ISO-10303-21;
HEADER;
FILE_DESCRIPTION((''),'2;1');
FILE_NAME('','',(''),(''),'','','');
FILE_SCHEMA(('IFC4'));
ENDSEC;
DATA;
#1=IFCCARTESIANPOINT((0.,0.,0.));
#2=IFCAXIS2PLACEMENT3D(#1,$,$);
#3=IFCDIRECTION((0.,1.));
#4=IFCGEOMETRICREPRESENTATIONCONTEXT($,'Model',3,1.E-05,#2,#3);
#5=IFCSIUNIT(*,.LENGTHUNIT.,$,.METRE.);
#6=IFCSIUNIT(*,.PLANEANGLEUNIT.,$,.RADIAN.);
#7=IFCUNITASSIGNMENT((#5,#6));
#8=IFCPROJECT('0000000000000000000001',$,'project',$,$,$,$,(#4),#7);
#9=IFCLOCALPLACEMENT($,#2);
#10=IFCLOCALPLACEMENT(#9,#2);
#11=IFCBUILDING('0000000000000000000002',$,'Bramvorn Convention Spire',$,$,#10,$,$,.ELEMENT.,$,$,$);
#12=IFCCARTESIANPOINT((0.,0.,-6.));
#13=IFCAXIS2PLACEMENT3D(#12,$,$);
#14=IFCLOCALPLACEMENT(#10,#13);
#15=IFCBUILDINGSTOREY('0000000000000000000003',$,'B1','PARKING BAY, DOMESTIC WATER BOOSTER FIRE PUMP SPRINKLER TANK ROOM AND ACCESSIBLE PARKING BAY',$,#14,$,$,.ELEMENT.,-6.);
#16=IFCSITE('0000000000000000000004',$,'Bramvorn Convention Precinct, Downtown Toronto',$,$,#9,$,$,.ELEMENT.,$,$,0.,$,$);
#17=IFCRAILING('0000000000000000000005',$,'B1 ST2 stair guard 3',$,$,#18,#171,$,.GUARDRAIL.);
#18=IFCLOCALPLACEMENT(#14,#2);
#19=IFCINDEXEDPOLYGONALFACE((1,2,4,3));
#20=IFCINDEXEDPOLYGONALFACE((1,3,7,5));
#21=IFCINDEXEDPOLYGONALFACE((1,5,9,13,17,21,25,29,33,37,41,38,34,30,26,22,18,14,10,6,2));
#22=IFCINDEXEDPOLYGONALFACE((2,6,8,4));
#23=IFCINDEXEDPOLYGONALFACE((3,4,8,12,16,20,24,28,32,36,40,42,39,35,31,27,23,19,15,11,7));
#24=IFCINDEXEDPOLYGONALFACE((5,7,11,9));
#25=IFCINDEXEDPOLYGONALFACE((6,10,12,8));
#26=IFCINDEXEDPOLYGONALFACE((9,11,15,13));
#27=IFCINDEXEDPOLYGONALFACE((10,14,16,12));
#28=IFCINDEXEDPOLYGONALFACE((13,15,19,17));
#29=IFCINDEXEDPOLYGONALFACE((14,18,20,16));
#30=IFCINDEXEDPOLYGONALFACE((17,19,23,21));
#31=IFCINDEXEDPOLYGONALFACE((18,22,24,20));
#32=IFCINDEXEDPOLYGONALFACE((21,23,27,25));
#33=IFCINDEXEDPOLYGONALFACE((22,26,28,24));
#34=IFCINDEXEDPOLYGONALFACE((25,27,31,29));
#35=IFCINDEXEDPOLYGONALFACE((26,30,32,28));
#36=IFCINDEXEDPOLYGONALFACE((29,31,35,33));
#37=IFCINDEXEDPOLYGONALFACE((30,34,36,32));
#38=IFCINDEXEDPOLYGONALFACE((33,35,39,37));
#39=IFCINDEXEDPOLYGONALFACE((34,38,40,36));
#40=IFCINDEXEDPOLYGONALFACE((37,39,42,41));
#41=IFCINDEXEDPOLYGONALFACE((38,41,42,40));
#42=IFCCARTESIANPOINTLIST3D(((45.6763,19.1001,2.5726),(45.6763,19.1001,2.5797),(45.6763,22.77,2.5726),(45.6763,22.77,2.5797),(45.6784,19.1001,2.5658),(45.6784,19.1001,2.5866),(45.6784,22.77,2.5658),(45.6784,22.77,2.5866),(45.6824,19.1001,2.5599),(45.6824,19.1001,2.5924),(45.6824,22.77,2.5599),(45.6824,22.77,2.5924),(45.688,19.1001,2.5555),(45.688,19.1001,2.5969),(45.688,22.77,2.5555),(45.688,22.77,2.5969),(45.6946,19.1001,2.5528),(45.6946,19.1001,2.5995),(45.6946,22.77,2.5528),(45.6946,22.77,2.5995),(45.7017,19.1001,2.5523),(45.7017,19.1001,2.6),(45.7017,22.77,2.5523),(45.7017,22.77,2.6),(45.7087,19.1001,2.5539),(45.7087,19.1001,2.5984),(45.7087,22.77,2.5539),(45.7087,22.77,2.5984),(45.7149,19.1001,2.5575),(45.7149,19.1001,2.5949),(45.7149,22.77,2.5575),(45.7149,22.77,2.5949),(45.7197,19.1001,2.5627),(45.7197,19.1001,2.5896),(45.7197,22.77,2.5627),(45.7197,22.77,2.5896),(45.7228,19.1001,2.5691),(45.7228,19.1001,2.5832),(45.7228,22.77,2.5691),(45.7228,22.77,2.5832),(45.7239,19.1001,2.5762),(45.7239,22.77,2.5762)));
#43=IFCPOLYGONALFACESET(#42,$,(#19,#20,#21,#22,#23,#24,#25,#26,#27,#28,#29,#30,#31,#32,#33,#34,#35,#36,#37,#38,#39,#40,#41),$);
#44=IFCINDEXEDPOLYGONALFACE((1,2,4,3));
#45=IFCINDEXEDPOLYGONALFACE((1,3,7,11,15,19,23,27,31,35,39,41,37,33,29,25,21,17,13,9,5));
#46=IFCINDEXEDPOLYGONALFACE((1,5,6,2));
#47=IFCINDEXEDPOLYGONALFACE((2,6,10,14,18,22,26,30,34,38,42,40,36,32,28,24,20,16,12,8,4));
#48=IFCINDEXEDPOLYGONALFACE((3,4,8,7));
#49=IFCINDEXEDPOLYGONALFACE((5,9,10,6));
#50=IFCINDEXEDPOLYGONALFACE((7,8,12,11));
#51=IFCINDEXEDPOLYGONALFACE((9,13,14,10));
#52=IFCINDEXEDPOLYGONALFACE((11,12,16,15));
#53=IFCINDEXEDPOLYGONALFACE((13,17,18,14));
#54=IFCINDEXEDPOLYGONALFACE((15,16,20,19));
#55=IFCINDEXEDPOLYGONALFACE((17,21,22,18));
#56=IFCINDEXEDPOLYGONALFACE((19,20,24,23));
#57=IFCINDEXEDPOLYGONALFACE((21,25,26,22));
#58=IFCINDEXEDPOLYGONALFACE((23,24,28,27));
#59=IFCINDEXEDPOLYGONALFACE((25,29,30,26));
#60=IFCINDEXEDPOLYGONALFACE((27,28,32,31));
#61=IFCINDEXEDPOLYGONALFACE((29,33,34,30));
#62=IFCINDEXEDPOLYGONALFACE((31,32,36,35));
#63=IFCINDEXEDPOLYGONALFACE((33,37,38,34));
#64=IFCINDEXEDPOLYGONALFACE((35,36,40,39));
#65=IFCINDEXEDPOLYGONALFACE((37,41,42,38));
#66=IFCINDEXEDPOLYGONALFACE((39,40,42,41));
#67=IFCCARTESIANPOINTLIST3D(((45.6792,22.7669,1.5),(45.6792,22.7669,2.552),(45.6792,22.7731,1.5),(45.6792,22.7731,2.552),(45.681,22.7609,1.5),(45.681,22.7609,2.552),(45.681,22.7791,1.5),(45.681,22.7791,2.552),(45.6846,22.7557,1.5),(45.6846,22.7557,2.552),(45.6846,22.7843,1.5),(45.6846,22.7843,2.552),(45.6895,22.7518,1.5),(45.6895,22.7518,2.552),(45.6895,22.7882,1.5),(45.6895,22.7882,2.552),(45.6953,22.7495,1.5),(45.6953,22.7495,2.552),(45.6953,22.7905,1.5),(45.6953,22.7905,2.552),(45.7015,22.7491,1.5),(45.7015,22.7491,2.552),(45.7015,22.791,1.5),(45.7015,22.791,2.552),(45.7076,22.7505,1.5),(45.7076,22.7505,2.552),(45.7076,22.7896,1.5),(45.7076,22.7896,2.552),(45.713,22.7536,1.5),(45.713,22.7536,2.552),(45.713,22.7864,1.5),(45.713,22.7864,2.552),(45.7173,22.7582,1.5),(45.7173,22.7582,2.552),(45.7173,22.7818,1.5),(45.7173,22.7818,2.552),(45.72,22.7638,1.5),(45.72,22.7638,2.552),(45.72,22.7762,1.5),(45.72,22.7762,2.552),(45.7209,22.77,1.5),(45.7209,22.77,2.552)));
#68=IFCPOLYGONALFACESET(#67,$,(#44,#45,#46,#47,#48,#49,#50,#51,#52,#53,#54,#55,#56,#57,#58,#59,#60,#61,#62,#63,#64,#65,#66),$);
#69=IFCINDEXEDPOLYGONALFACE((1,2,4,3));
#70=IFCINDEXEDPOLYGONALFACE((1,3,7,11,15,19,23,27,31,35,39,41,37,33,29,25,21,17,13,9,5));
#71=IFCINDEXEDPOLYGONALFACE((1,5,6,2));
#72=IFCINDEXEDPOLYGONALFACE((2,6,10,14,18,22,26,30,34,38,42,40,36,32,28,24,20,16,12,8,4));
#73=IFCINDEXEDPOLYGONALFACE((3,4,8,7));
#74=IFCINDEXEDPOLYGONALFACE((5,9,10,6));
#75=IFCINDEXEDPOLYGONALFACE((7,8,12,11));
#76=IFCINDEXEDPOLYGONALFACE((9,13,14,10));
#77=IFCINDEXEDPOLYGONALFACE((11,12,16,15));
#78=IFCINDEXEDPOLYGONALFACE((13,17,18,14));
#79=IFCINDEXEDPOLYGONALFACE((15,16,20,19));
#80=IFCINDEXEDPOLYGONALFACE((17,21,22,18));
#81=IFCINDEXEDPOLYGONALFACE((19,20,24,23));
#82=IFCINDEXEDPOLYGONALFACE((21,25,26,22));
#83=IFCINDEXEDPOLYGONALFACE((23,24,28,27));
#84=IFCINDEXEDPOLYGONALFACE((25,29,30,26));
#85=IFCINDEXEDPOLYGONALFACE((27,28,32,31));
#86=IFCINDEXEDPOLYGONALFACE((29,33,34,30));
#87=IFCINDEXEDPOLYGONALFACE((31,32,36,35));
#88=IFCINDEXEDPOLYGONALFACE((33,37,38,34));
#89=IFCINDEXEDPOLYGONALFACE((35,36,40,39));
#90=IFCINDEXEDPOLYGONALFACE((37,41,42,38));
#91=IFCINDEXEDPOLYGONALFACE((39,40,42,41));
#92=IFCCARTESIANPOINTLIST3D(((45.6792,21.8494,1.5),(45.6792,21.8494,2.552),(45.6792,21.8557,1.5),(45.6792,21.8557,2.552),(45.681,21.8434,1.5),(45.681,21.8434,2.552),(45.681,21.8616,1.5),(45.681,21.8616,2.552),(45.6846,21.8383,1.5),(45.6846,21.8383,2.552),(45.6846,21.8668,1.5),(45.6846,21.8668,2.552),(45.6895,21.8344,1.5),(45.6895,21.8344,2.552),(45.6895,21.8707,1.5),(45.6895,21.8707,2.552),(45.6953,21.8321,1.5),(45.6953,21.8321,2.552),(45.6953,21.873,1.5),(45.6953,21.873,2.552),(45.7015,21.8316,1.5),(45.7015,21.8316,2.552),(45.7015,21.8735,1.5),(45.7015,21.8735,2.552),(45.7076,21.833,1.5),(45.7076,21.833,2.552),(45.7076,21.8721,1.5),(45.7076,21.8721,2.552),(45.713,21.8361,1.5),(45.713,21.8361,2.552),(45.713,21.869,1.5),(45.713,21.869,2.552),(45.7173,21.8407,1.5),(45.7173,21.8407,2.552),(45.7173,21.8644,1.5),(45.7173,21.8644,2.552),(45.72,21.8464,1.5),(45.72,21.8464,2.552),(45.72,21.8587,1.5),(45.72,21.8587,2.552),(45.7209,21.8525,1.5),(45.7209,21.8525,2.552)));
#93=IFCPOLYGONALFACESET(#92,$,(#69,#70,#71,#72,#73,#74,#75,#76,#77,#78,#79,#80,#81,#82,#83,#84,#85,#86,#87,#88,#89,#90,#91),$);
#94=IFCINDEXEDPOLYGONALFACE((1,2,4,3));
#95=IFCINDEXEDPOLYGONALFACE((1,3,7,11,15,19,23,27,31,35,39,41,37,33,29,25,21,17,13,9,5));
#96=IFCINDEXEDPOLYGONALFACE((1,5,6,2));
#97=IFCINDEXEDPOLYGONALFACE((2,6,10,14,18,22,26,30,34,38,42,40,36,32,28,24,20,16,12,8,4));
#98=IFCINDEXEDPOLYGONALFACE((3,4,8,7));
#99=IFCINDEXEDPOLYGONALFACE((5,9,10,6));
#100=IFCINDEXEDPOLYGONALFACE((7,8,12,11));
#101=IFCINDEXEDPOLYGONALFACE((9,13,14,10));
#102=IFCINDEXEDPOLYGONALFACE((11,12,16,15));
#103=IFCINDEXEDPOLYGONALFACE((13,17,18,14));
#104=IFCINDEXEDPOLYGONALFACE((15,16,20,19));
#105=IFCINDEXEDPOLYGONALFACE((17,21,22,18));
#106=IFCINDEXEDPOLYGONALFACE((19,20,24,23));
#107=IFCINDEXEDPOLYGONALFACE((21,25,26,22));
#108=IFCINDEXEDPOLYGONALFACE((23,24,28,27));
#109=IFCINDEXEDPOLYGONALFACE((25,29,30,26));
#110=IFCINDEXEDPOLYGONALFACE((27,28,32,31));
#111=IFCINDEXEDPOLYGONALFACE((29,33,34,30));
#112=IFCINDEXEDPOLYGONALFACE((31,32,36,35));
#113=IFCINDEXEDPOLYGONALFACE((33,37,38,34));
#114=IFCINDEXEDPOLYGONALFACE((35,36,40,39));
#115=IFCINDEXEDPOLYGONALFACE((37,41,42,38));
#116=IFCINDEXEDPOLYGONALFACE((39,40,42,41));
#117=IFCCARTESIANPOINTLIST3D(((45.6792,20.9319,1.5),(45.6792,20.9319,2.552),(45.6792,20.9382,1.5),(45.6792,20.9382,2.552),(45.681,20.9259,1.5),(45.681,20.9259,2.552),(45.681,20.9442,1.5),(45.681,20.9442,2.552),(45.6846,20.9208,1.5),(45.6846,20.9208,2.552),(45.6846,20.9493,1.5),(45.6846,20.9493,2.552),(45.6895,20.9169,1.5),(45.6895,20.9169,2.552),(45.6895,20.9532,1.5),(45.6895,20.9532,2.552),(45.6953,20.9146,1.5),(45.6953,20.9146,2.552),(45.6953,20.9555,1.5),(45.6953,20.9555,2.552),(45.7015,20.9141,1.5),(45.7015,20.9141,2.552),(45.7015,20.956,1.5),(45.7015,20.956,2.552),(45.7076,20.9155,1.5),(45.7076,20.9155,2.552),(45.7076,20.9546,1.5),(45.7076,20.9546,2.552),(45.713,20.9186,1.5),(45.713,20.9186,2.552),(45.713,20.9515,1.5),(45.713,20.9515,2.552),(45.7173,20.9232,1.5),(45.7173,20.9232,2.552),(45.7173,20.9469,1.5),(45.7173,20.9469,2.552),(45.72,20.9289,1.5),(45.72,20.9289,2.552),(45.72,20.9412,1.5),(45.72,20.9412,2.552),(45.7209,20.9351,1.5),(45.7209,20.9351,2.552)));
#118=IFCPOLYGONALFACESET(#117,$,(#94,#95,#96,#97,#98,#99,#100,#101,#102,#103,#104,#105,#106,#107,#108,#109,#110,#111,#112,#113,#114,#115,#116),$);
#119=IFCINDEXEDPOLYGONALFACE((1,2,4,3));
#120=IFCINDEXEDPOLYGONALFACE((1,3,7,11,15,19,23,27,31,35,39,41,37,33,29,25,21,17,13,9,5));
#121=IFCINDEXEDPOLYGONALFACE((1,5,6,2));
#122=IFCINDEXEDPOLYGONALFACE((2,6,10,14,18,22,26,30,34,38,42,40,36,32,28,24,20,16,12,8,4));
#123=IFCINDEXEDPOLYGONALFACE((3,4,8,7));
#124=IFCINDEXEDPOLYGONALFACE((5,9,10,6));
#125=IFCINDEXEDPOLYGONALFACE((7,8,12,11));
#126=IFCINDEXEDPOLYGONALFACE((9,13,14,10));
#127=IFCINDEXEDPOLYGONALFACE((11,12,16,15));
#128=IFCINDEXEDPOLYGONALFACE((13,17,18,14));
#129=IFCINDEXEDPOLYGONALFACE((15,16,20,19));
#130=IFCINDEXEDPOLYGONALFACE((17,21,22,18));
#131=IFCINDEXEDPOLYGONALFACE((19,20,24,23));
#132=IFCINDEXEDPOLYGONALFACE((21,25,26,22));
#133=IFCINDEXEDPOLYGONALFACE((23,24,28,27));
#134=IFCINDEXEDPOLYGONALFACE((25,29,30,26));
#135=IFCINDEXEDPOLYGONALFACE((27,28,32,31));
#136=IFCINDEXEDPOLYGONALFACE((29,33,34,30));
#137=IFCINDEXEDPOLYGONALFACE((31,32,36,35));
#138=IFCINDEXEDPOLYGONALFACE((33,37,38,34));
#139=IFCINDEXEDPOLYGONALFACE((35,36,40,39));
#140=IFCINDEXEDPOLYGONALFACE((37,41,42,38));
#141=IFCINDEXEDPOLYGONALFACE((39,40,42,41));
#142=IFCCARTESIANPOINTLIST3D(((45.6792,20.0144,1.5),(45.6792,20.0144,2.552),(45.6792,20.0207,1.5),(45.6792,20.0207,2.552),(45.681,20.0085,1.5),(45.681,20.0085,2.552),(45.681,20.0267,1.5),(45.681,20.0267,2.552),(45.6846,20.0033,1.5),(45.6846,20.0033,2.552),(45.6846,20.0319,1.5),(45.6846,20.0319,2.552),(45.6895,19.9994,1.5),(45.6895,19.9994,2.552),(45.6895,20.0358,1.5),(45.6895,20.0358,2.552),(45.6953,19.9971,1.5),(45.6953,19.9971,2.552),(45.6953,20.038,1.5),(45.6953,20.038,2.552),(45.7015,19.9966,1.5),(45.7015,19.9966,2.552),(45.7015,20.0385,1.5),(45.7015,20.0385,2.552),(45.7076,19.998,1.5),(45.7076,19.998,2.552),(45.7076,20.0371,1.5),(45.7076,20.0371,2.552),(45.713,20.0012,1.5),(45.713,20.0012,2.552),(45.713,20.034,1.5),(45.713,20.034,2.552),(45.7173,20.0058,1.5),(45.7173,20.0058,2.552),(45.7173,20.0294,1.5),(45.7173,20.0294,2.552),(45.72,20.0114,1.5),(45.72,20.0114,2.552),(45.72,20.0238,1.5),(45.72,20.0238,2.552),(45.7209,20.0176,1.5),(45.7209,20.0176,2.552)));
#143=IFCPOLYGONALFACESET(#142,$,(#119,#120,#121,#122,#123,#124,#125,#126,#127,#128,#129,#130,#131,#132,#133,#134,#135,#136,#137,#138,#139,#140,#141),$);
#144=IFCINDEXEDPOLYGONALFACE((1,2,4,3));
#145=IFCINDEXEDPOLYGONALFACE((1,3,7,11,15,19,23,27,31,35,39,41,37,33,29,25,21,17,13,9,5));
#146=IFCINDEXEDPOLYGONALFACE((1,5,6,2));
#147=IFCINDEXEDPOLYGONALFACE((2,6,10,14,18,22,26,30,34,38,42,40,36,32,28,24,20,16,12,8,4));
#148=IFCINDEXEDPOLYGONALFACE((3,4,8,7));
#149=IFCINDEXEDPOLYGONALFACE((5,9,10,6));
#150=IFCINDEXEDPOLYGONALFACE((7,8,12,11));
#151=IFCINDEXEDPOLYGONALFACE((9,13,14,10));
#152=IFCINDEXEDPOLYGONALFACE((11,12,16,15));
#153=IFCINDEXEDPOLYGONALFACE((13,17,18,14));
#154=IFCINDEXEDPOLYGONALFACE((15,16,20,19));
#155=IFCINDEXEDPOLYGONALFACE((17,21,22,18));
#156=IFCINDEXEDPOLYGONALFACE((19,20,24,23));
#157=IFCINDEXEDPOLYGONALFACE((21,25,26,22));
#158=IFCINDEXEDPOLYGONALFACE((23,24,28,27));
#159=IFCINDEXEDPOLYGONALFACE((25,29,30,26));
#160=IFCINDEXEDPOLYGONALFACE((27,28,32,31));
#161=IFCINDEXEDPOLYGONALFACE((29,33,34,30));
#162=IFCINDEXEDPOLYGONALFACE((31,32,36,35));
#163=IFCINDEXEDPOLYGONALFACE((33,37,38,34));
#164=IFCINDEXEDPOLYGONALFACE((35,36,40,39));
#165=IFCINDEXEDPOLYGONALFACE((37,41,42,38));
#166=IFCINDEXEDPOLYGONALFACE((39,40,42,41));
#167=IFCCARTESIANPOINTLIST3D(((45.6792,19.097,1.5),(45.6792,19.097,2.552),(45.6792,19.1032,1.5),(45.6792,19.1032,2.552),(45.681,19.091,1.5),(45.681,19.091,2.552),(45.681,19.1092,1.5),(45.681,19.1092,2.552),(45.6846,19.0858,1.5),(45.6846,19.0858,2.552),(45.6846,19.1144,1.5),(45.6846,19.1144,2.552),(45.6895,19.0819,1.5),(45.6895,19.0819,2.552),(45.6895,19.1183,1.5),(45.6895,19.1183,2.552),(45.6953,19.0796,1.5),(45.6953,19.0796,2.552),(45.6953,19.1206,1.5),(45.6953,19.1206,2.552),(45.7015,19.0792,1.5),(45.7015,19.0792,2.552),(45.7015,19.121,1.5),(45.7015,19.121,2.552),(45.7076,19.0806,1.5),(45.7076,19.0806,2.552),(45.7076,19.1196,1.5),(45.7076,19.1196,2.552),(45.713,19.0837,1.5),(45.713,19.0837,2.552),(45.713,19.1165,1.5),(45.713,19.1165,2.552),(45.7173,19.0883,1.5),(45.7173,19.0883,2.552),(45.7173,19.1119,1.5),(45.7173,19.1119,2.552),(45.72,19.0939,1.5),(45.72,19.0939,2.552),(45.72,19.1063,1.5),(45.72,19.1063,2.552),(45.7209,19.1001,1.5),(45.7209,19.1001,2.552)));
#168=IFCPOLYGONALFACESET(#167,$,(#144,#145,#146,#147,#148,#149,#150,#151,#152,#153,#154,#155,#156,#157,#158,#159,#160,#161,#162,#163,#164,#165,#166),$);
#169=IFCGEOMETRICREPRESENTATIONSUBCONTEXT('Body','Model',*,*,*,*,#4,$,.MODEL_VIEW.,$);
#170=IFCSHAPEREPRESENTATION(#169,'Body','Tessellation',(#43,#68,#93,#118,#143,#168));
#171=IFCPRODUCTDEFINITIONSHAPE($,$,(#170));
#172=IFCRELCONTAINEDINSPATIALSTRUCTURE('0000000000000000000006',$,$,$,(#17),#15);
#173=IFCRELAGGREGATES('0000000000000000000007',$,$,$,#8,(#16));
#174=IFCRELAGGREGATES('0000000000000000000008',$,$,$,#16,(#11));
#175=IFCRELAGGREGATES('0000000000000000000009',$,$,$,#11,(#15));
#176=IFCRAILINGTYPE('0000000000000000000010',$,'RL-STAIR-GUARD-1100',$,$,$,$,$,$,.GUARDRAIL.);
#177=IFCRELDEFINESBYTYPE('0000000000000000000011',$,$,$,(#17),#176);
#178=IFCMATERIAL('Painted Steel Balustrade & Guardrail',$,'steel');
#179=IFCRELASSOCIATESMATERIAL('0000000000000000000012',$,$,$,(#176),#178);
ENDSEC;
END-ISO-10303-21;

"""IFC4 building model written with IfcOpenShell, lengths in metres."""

from ifc_helpers import new_model, si_unit, direction, frame, origin, origin_2d, place, context, subcontext, project, spatial, circle, extrude, material, type_object, element, save


model = new_model("IFC4")

# Units and contexts
model_context = context("Model", 3, precision=1e-05, world=origin(), true_north=direction((0.0, 1.0)))
body_context = subcontext(model_context, "Body", "Model", "MODEL_VIEW")
ifc_project = project(units=[si_unit("LENGTHUNIT", "METRE"), si_unit("PLANEANGLEUNIT", "RADIAN")], contexts=[model_context])

# Site, building, storey
site_placement = place(None, origin())
site = spatial("IfcSite", under=ifc_project, at=site_placement, Name="Bramvorn Convention Precinct, Downtown Toronto", CompositionType="ELEMENT", RefElevation=0.0)
building_placement = place(site_placement, origin())
building = spatial("IfcBuilding", under=site, at=building_placement, Name="Bramvorn Convention Spire", CompositionType="ELEMENT")
storey_placement = place(building_placement, frame((0.0, 0.0, -6.0)))
storey = spatial("IfcBuildingStorey", under=building, at=storey_placement, Name="B1", Description="PARKING BAY, DOMESTIC WATER BOOSTER FIRE PUMP SPRINKLER TANK ROOM AND ACCESSIBLE PARKING BAY", CompositionType="ELEMENT", Elevation=-6.0)

# Railing
ifc_material_1 = material(Name="Painted Steel Balustrade & Guardrail", Category="steel")
railing_type_1 = type_object("IfcRailingType", Name="RL-STAIR-GUARD-1100", PredefinedType="GUARDRAIL", material=ifc_material_1)
for number, where, name in (
    (1, (45.7, 22.77, 1.5), "B1 ST2 stair guard 3"),
):
    element("IfcRailing", number, at=place(storey_placement, frame(where)), inside=storey, type_object=railing_type_1, Name=name, PredefinedType="GUARDRAIL", context=body_context, shape_type="SweptSolid", body=[
        extrude(circle(Radius=0.0239, at=origin_2d()), frame((0.0, 0.0, 1.0762), z_axis=(0.0, -1.0, 0.0), x_axis=(1.0, 0.0, 0.0)), (0.0, 0.0, 1.0), 3.6699),
        extrude(circle(Radius=0.021, at=origin_2d()), origin(), (0.0, 0.0, 1.0), 1.052),
        extrude(circle(Radius=0.021, at=origin_2d()), frame((0.0, -0.9175, 0.0)), (0.0, 0.0, 1.0), 1.052),
        extrude(circle(Radius=0.021, at=origin_2d()), frame((0.0, -1.835, 0.0)), (0.0, 0.0, 1.0), 1.052),
        extrude(circle(Radius=0.021, at=origin_2d()), frame((0.0, -2.7524, 0.0)), (0.0, 0.0, 1.0), 1.052),
        extrude(circle(Radius=0.021, at=origin_2d()), frame((0.0, -3.6699, 0.0)), (0.0, 0.0, 1.0), 1.052),
    ])

save(model, "model.ifc")
